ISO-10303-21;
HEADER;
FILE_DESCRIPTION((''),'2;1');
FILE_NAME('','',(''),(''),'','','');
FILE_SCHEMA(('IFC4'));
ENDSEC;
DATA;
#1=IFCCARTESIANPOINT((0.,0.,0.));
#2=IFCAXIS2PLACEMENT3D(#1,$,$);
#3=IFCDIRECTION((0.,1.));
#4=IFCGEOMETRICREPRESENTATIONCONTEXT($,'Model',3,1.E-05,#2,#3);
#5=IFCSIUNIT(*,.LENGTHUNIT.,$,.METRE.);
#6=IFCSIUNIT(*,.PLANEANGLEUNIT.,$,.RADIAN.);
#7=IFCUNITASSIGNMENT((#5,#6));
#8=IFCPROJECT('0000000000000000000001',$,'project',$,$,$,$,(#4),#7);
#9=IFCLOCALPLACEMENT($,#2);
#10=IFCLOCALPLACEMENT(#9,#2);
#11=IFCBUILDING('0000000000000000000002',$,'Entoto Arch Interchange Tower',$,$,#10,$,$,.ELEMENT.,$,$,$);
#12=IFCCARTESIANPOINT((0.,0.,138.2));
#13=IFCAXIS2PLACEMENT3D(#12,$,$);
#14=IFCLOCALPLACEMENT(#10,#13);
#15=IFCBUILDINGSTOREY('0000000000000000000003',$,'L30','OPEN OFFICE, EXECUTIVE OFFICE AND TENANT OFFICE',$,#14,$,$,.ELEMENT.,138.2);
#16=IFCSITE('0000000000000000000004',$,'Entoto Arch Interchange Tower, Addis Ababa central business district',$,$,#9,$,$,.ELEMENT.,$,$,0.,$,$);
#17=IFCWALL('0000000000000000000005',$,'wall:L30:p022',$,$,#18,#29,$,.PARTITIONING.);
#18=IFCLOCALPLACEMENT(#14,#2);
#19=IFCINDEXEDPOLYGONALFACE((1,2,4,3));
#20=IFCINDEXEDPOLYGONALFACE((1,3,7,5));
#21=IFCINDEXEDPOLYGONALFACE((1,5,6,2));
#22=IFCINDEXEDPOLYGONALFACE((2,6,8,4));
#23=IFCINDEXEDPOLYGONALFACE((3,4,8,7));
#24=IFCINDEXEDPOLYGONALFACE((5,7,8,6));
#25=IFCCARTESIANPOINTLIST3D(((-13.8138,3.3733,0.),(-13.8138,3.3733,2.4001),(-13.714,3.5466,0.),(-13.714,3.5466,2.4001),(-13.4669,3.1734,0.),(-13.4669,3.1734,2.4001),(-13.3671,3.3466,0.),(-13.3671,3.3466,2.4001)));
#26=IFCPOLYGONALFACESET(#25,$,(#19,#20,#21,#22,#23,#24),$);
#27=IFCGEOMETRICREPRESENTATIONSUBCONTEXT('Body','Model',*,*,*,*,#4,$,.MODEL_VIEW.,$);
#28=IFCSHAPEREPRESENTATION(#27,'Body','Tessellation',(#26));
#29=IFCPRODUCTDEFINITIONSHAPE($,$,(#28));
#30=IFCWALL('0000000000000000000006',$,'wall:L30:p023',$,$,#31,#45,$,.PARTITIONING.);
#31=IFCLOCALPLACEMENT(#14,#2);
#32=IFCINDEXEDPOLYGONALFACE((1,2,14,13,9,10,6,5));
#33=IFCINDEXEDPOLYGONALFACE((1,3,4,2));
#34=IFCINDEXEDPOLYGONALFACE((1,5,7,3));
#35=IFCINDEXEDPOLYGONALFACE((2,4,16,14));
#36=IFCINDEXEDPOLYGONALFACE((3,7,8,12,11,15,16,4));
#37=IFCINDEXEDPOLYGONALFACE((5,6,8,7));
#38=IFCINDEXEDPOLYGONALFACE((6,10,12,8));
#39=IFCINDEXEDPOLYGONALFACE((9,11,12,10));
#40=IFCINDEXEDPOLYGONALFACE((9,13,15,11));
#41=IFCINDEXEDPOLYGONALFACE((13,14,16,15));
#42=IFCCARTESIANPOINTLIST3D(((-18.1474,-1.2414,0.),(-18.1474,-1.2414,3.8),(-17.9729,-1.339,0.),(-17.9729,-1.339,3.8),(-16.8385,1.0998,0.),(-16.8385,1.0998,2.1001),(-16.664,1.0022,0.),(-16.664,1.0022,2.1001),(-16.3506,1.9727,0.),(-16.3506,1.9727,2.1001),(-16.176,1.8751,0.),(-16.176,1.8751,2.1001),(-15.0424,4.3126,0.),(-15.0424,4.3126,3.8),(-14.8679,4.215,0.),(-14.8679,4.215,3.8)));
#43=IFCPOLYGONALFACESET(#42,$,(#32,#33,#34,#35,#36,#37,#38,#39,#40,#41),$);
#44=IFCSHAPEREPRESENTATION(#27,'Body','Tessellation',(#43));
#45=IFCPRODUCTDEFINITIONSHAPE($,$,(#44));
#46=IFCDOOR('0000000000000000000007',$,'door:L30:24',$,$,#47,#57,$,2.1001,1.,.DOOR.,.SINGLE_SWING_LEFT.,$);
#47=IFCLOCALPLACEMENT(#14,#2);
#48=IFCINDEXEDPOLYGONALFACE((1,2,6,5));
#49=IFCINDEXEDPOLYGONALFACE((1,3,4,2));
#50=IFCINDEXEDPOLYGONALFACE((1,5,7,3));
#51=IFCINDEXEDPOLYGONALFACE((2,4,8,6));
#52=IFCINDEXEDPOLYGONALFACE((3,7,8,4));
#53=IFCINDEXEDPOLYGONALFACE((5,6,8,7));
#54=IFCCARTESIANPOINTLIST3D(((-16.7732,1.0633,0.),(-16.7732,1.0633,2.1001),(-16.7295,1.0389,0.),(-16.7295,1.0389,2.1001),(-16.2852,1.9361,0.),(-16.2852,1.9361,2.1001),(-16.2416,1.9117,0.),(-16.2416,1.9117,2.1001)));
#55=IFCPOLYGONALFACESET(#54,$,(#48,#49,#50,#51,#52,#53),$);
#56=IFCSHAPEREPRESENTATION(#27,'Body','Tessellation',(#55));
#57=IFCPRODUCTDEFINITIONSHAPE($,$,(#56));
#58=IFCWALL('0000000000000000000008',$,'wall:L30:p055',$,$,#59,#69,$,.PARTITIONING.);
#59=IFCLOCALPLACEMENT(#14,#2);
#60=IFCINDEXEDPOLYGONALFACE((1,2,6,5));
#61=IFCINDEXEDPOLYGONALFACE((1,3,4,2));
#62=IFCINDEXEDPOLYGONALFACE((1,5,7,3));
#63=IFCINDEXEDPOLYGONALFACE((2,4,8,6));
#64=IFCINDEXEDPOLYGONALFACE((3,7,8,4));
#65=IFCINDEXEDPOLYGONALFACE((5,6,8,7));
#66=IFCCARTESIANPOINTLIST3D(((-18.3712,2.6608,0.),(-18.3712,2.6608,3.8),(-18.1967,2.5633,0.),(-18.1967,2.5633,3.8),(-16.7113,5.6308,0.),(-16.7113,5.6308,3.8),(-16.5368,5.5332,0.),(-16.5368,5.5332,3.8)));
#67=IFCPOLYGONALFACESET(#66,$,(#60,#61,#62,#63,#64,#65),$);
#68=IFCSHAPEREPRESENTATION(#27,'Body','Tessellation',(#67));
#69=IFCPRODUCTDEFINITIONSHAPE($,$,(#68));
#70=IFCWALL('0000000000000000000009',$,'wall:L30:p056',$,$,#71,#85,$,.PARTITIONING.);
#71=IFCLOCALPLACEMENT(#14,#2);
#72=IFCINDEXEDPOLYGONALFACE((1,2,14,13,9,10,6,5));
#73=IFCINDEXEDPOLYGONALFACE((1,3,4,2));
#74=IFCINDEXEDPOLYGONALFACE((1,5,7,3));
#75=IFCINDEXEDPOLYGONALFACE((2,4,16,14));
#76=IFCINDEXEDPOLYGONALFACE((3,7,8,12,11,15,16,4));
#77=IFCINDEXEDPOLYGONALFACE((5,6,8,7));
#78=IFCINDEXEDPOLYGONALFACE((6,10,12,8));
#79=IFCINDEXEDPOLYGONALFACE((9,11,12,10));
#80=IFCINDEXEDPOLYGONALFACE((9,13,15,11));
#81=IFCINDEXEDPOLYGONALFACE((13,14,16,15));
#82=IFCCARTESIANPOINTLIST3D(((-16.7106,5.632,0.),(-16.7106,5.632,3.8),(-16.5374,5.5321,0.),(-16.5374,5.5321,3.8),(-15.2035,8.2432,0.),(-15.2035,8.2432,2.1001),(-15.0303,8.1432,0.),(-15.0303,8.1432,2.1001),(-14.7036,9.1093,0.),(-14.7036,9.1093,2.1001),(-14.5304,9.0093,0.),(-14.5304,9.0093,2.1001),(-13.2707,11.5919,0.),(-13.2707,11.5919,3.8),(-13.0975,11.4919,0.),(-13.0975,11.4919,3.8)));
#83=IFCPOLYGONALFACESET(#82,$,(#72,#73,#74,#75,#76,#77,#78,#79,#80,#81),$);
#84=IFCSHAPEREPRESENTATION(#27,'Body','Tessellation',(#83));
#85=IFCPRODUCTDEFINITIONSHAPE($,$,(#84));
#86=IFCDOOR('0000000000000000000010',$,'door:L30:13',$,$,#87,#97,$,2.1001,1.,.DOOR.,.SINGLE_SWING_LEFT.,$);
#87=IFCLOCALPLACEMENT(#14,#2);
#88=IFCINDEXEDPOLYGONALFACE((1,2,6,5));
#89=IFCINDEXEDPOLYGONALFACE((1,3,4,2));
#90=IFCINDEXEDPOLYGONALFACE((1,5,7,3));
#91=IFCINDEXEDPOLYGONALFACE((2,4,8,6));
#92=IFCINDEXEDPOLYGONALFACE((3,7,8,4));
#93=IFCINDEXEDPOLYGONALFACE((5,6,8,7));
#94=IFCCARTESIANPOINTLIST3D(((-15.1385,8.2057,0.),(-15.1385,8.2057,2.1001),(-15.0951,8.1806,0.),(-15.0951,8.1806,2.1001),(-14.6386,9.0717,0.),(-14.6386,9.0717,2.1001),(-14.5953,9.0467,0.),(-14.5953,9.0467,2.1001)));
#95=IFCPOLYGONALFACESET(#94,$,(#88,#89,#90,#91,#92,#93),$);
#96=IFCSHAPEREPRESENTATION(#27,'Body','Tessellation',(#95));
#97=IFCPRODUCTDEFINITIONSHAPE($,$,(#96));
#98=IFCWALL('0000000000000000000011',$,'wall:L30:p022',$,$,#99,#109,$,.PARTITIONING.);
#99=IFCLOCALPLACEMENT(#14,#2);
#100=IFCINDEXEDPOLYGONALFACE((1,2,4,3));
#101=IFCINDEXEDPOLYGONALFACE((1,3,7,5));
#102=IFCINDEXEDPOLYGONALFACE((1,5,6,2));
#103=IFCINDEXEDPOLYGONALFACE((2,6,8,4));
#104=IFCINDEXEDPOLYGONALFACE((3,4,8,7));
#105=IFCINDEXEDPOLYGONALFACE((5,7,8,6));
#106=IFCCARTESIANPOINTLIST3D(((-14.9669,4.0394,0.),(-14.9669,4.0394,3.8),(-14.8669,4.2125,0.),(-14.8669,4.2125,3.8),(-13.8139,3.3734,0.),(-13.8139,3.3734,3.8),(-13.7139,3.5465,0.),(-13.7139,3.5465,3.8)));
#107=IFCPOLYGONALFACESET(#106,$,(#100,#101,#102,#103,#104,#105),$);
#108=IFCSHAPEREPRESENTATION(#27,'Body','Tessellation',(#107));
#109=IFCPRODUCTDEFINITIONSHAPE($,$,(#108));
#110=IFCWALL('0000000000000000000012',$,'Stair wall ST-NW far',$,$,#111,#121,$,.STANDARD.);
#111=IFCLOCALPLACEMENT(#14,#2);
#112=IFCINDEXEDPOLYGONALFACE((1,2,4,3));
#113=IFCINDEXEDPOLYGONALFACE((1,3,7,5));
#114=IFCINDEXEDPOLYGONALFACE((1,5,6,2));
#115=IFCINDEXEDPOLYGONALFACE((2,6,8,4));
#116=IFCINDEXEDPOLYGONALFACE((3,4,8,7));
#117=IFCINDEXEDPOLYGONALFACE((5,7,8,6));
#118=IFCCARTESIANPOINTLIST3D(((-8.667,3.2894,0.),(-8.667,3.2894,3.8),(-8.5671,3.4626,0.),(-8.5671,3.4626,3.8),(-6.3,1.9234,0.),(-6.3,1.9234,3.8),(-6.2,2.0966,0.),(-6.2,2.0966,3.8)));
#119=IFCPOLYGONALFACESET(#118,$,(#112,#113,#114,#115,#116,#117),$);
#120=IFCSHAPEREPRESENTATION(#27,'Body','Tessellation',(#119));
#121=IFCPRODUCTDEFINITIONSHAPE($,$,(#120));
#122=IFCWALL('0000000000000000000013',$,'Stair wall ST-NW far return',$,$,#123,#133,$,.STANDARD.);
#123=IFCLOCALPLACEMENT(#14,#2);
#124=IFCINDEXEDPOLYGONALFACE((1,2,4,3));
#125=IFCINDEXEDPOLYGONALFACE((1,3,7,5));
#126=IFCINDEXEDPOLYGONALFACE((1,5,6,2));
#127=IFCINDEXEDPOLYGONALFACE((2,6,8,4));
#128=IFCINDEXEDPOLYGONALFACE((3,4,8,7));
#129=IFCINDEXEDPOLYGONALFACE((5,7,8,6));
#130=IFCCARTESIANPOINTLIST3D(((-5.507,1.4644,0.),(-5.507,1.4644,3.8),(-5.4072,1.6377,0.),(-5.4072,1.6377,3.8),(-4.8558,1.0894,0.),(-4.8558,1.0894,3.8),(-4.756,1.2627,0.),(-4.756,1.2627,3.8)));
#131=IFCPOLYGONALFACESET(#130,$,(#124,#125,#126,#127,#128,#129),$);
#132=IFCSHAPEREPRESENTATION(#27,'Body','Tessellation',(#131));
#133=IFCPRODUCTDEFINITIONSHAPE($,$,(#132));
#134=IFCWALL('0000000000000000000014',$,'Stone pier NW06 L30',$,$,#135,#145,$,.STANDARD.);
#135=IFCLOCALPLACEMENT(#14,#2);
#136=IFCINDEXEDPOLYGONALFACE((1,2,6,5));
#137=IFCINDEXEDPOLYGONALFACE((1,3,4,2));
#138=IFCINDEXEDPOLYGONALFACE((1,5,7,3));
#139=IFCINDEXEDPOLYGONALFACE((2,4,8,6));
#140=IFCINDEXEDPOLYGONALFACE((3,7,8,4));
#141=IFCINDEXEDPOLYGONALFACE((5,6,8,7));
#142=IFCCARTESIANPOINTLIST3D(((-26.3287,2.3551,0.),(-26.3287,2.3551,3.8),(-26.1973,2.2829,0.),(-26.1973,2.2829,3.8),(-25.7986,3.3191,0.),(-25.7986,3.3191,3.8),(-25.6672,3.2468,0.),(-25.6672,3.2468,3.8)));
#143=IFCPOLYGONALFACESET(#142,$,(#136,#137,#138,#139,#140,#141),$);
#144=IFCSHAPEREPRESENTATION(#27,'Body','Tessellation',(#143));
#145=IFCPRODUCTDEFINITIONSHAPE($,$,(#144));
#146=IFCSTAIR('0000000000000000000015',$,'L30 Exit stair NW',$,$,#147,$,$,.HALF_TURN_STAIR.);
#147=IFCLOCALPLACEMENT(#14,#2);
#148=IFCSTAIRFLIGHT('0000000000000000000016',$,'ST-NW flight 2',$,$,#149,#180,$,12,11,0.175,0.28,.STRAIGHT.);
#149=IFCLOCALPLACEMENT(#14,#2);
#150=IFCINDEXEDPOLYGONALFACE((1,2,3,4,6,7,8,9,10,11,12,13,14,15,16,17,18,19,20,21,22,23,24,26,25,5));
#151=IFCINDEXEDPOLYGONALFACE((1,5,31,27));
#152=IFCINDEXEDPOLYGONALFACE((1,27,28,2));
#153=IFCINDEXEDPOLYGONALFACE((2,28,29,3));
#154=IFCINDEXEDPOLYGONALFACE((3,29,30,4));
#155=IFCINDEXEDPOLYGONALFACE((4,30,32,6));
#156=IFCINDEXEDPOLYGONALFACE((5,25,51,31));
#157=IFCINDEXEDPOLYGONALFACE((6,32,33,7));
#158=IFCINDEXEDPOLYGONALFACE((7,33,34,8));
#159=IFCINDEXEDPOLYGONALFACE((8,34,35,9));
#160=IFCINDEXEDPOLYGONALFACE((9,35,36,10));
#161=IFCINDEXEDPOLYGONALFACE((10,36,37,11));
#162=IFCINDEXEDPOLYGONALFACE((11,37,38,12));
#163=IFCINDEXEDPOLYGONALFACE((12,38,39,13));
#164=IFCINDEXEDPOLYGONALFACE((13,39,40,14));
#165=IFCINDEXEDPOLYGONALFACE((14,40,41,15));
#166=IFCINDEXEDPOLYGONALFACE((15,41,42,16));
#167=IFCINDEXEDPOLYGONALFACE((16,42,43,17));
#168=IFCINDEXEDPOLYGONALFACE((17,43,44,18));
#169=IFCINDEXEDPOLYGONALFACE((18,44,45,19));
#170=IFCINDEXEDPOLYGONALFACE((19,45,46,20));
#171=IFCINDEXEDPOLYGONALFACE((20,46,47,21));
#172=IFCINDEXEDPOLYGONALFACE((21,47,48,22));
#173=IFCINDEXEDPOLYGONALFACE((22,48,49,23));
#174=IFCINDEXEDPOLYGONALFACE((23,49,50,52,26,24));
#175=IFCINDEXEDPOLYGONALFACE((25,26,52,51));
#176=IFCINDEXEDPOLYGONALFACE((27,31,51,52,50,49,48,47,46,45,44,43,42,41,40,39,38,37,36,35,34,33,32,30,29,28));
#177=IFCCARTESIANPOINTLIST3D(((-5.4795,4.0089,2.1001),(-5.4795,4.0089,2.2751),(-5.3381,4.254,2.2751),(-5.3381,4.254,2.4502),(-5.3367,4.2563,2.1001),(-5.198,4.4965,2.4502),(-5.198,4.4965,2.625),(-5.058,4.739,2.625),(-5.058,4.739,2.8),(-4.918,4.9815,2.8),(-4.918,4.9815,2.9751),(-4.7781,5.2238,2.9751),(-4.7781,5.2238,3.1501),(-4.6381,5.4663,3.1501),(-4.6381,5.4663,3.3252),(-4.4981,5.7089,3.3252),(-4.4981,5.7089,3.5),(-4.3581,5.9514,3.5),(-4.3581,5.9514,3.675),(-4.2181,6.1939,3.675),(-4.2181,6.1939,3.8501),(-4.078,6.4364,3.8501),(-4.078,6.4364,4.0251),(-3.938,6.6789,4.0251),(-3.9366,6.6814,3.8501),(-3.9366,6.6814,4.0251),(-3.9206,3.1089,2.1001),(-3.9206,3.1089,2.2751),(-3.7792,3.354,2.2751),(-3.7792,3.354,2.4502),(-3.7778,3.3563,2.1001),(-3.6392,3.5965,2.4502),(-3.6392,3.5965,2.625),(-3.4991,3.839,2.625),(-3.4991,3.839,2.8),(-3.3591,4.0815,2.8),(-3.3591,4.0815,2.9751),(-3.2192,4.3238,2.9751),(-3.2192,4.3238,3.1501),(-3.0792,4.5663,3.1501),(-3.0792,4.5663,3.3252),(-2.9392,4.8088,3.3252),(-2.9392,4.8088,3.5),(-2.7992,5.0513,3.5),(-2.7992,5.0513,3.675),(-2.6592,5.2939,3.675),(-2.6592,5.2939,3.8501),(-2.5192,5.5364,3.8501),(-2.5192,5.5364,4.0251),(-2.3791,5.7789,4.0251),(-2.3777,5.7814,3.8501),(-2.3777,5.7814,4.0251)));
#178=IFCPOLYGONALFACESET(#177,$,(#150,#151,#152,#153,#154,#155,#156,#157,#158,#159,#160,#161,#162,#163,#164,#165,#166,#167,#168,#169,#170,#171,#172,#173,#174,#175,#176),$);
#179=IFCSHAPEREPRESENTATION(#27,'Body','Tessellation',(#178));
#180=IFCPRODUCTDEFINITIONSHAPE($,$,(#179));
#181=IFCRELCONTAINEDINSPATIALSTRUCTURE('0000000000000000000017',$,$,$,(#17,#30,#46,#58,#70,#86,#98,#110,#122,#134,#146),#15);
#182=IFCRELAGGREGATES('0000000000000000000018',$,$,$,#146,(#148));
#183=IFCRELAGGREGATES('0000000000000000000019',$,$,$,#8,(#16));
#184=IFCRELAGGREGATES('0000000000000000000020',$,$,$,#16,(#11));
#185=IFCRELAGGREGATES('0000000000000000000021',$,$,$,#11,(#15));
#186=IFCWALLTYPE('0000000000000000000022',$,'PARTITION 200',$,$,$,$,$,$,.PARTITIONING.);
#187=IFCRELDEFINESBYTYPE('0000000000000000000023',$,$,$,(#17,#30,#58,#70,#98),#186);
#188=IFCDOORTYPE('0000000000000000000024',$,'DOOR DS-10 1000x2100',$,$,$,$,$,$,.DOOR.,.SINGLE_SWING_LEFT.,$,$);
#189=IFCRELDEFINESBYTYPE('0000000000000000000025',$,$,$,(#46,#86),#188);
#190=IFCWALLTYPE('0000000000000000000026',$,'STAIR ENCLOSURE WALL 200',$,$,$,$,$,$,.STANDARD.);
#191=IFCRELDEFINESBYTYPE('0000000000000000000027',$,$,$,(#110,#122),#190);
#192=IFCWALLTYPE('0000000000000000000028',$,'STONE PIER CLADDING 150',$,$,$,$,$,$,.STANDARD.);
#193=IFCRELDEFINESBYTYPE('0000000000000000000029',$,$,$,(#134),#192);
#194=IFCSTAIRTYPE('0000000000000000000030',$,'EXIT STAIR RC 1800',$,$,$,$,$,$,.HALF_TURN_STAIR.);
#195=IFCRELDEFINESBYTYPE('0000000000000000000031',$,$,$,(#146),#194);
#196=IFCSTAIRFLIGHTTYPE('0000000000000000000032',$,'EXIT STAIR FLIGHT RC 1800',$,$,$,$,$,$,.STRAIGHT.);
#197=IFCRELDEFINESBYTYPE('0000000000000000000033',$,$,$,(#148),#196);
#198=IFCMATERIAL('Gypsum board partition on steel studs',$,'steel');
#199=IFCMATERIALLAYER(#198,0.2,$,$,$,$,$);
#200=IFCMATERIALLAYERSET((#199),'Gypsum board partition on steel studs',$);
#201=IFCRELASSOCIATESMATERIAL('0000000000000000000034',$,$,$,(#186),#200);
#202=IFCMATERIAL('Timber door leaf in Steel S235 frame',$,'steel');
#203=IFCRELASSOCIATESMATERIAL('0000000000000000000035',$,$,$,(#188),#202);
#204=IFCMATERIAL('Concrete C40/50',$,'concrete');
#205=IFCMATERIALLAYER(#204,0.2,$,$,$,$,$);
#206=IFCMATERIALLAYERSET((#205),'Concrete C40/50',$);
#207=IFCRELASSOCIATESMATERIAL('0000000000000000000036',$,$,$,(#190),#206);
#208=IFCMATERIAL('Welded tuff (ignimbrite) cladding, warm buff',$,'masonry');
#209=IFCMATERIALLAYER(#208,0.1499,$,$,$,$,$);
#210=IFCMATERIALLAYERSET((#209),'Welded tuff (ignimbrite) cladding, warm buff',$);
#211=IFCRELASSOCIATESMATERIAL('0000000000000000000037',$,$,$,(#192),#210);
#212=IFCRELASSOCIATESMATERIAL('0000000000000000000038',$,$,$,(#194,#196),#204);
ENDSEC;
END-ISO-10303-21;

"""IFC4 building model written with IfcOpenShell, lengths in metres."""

from ifc_helpers import new_model, si_unit, direction, frame, frame_2d, origin, place, context, subcontext, project, spatial, polyline, rectangle, outline, extrude, material, layer, layer_set, type_object, element, fill, aggregate, save


model = new_model("IFC4")

# Units and contexts
model_context = context("Model", 3, precision=1e-05, world=origin(), true_north=direction((0.0, 1.0)))
body_context = subcontext(model_context, "Body", "Model", "MODEL_VIEW")
ifc_project = project(units=[si_unit("LENGTHUNIT", "METRE"), si_unit("PLANEANGLEUNIT", "RADIAN")], contexts=[model_context])

# Site, building, storey
site_placement = place(None, origin())
site = spatial("IfcSite", under=ifc_project, at=site_placement, Name="Entoto Arch Interchange Tower, Addis Ababa central business district", CompositionType="ELEMENT", RefElevation=0.0)
building_placement = place(site_placement, origin())
building = spatial("IfcBuilding", under=site, at=building_placement, Name="Entoto Arch Interchange Tower", CompositionType="ELEMENT")
storey_placement = place(building_placement, frame((0.0, 0.0, 138.2)))
storey = spatial("IfcBuildingStorey", under=building, at=storey_placement, Name="L30", Description="OPEN OFFICE, EXECUTIVE OFFICE AND TENANT OFFICE", CompositionType="ELEMENT", Elevation=138.2)

# Shared definitions
ifc_material_1 = material(Name="Concrete C40/50", Category="concrete")

# Wall
ifc_material_2 = material(Name="Gypsum board partition on steel studs", Category="steel")
ifc_layer_1 = layer(ifc_material_2, 0.2)
ifc_layer_set_1 = layer_set([ifc_layer_1], Name="Gypsum board partition on steel studs")
wall_type_1 = type_object("IfcWallType", Name="PARTITION 200", PredefinedType="PARTITIONING", material=ifc_layer_set_1)
wall_1_placement = place(storey_placement, frame((-13.417, 3.26, 0.0), z_axis=(0.0, 0.0, 1.0), x_axis=(-0.866399, 0.499353, 0.0)))
element("IfcWall", 1, at=wall_1_placement, inside=storey, type_object=wall_type_1, Name="wall:L30:p022", PredefinedType="PARTITIONING", context=body_context, shape_type="SweptSolid", body=[
    extrude(rectangle(XDim=0.4004, YDim=0.2, at=frame_2d((0.2002, 0.0))), origin(), (0.0, 0.0, 1.0), 2.4001),
])

# Wall, opening, door
wall_2_placement = place(storey_placement, frame((-14.9551, 4.2639, 0.0), z_axis=(0.0, 0.0, 1.0), x_axis=(-0.487977, -0.872856, 0.0)))
wall_2 = element("IfcWall", 2, at=wall_2_placement, inside=storey, type_object=wall_type_1, Name="wall:L30:p023", PredefinedType="PARTITIONING", context=body_context, shape_type="SweptSolid", body=[
    extrude(rectangle(XDim=6.363, YDim=0.2, at=frame_2d((3.1816, 0.0))), origin(), (0.0, 0.0, 1.0), 3.8),
])
opening_1_placement = place(wall_2_placement, frame((2.6809, 0.0, 0.0)))
opening_1 = element("IfcOpeningElement", 3, at=opening_1_placement, cuts=wall_2, PredefinedType="OPENING", context=body_context, shape_type="SweptSolid", body=[
    extrude(rectangle(XDim=1.0, YDim=2.1001, at=frame_2d((0.5, 1.05))), frame((0.0, 0.1099, 0.0), z_axis=(0.0, -1.0, 0.0), x_axis=(1.0, 0.0, 0.0)), (0.0, 0.0, 1.0), 0.22),
])
ifc_material_3 = material(Name="Timber door leaf in Steel S235 frame", Category="steel")
door_type_1 = type_object("IfcDoorType", Name="DOOR DS-10 1000x2100", OperationType="SINGLE_SWING_LEFT", PredefinedType="DOOR", material=ifc_material_3)
door_1_placement = place(opening_1_placement, origin())
door_1 = element("IfcDoor", 4, at=door_1_placement, inside=storey, type_object=door_type_1, Name="door:L30:24", OperationType="SINGLE_SWING_LEFT", OverallHeight=2.1001, OverallWidth=1.0, PredefinedType="DOOR", context=body_context, shape_type="SweptSolid", body=[
    extrude(rectangle(XDim=1.0, YDim=2.1001, at=frame_2d((0.5, 1.05))), frame((0.0, 0.0249, 0.0), z_axis=(0.0, -1.0, 0.0), x_axis=(1.0, 0.0, 0.0)), (0.0, 0.0, 1.0), 0.05),
])
fill(opening_1, door_1)

# Wall
wall_3_placement = place(storey_placement, frame((-18.2839, 2.6121, 0.0), z_axis=(0.0, 0.0, 1.0), x_axis=(0.487871, 0.872916, 0.0)))
element("IfcWall", 5, at=wall_3_placement, inside=storey, type_object=wall_type_1, Name="wall:L30:p055", PredefinedType="PARTITIONING", context=body_context, shape_type="SweptSolid", body=[
    extrude(rectangle(XDim=3.4023, YDim=0.2, at=frame_2d((1.7012, 0.0))), origin(), (0.0, 0.0, 1.0), 3.8),
])

# Wall, opening, door
wall_4_placement = place(storey_placement, frame((-16.624, 5.582, 0.0), z_axis=(0.0, 0.0, 1.0), x_axis=(0.499886, 0.866091, 0.0)))
wall_4 = element("IfcWall", 6, at=wall_4_placement, inside=storey, type_object=wall_type_1, Name="wall:L30:p056", PredefinedType="PARTITIONING", context=body_context, shape_type="SweptSolid", body=[
    extrude(rectangle(XDim=6.8813, YDim=0.2, at=frame_2d((3.4407, 0.0))), origin(), (0.0, 0.0, 1.0), 3.8),
])
opening_2_placement = place(wall_4_placement, frame((3.0149, 0.0, 0.0)))
opening_2 = element("IfcOpeningElement", 7, at=opening_2_placement, cuts=wall_4, PredefinedType="OPENING", context=body_context, shape_type="SweptSolid", body=[
    extrude(rectangle(XDim=1.0, YDim=2.1001, at=frame_2d((0.5, 1.05))), frame((0.0, 0.1099, 0.0), z_axis=(0.0, -1.0, 0.0), x_axis=(1.0, 0.0, 0.0)), (0.0, 0.0, 1.0), 0.22),
])
door_2_placement = place(opening_2_placement, origin())
door_2 = element("IfcDoor", 8, at=door_2_placement, inside=storey, type_object=door_type_1, Name="door:L30:13", OperationType="SINGLE_SWING_LEFT", OverallHeight=2.1001, OverallWidth=1.0, PredefinedType="DOOR", context=body_context, shape_type="SweptSolid", body=[
    extrude(rectangle(XDim=1.0, YDim=2.1001, at=frame_2d((0.5, 1.05))), frame((0.0, 0.0249, 0.0), z_axis=(0.0, -1.0, 0.0), x_axis=(1.0, 0.0, 0.0)), (0.0, 0.0, 1.0), 0.05),
])
fill(opening_2, door_2)

# Walls
wall_5_placement = place(storey_placement, frame((-13.7639, 3.46, 0.0), z_axis=(0.0, 0.0, 1.0), x_axis=(-0.865932, 0.500162, 0.0)))
element("IfcWall", 9, at=wall_5_placement, inside=storey, type_object=wall_type_1, Name="wall:L30:p022", PredefinedType="PARTITIONING", context=body_context, shape_type="SweptSolid", body=[
    extrude(rectangle(XDim=1.3315, YDim=0.2, at=frame_2d((0.6658, 0.0))), origin(), (0.0, 0.0, 1.0), 3.8),
])
ifc_layer_2 = layer(ifc_material_1, 0.2)
ifc_layer_set_2 = layer_set([ifc_layer_2], Name="Concrete C40/50")
wall_type_2 = type_object("IfcWallType", Name="STAIR ENCLOSURE WALL 200", PredefinedType="STANDARD", material=ifc_layer_set_2)
wall_6_placement = place(storey_placement, frame((-6.25, 2.01, 0.0), z_axis=(0.0, 0.0, 1.0), x_axis=(-0.866119, 0.499838, 0.0)))
element("IfcWall", 10, at=wall_6_placement, inside=storey, type_object=wall_type_2, Name="Stair wall ST-NW far", PredefinedType="STANDARD", context=body_context, shape_type="SweptSolid", body=[
    extrude(rectangle(XDim=2.7329, YDim=0.2, at=frame_2d((1.3665, 0.0))), origin(), (0.0, 0.0, 1.0), 3.8),
])
wall_7_placement = place(storey_placement, frame((-4.8059, 1.176, 0.0), z_axis=(0.0, 0.0, 1.0), x_axis=(-0.866559, 0.499075, 0.0)))
element("IfcWall", 11, at=wall_7_placement, inside=storey, type_object=wall_type_2, Name="Stair wall ST-NW far return", PredefinedType="STANDARD", context=body_context, shape_type="SweptSolid", body=[
    extrude(rectangle(XDim=0.7515, YDim=0.2, at=frame_2d((0.3757, 0.0))), origin(), (0.0, 0.0, 1.0), 3.8),
])

# Shared definitions
ifc_material_4 = material(Name="Welded tuff (ignimbrite) cladding, warm buff", Category="masonry")

# Wall
ifc_layer_3 = layer(ifc_material_4, 0.1499)
ifc_layer_set_3 = layer_set([ifc_layer_3], Name="Welded tuff (ignimbrite) cladding, warm buff")
wall_type_3 = type_object("IfcWallType", Name="STONE PIER CLADDING 150", PredefinedType="STANDARD", material=ifc_layer_set_3)
wall_8_placement = place(storey_placement, frame((-25.7329, 3.283, 0.0), z_axis=(0.0, 0.0, 1.0), x_axis=(-0.481851, -0.876253, 0.0)))
element("IfcWall", 12, at=wall_8_placement, inside=storey, type_object=wall_type_3, Name="Stone pier NW06 L30", PredefinedType="STANDARD", context=body_context, shape_type="SweptSolid", body=[
    extrude(rectangle(XDim=1.1001, YDim=0.1499, at=frame_2d((0.55, 0.0))), origin(), (0.0, 0.0, 1.0), 3.8),
])

# Stair, stair flight
stair_type = type_object("IfcStairType", Name="EXIT STAIR RC 1800", PredefinedType="HALF_TURN_STAIR", material=ifc_material_1)
stair_placement = place(storey_placement, origin())
stair = element("IfcStair", 13, at=stair_placement, inside=storey, type_object=stair_type, Name="L30 Exit stair NW", PredefinedType="HALF_TURN_STAIR")
stair_flight_type = type_object("IfcStairFlightType", Name="EXIT STAIR FLIGHT RC 1800", PredefinedType="STRAIGHT", material=ifc_material_1)
stair_flight_placement = place(storey_placement, frame((-4.6987, 3.5615, 2.1001), z_axis=(0.0, 0.0, 1.0), x_axis=(0.5, 0.866025, 0.0)))
stair_flight = element("IfcStairFlight", 14, at=stair_flight_placement, type_object=stair_flight_type, Name="ST-NW flight 2", NumberOfRisers=12, NumberOfTreads=11, PredefinedType="STRAIGHT", RiserHeight=0.175, TreadLength=0.28, context=body_context, shape_type="SweptSolid", body=[
    extrude(outline(polyline([(-0.0029, 0.0), (-0.0029, 0.175), (0.28, 0.175), (0.28, 0.3501), (0.5601, 0.3501), (0.5601, 0.5249), (0.8401, 0.5249), (0.8401, 0.7), (1.1201, 0.7), (1.1201, 0.875), (1.3999, 0.875), (1.3999, 1.05), (1.6799, 1.05), (1.6799, 1.2251), (1.96, 1.2251), (1.96, 1.3999), (2.24, 1.3999), (2.24, 1.575), (2.52, 1.575), (2.52, 1.75), (2.8, 1.75), (2.8, 1.925), (3.0801, 1.925), (3.083, 1.925), (3.083, 1.75), (0.2827, 0.0), (-0.0029, 0.0)])), frame((0.0, 0.8999, 0.0), z_axis=(0.0, -1.0, 0.0), x_axis=(1.0, 0.0, 0.0)), (0.0, 0.0, 1.0), 1.8),
])
aggregate(stair, [stair_flight])

save(model, "model.ifc")
